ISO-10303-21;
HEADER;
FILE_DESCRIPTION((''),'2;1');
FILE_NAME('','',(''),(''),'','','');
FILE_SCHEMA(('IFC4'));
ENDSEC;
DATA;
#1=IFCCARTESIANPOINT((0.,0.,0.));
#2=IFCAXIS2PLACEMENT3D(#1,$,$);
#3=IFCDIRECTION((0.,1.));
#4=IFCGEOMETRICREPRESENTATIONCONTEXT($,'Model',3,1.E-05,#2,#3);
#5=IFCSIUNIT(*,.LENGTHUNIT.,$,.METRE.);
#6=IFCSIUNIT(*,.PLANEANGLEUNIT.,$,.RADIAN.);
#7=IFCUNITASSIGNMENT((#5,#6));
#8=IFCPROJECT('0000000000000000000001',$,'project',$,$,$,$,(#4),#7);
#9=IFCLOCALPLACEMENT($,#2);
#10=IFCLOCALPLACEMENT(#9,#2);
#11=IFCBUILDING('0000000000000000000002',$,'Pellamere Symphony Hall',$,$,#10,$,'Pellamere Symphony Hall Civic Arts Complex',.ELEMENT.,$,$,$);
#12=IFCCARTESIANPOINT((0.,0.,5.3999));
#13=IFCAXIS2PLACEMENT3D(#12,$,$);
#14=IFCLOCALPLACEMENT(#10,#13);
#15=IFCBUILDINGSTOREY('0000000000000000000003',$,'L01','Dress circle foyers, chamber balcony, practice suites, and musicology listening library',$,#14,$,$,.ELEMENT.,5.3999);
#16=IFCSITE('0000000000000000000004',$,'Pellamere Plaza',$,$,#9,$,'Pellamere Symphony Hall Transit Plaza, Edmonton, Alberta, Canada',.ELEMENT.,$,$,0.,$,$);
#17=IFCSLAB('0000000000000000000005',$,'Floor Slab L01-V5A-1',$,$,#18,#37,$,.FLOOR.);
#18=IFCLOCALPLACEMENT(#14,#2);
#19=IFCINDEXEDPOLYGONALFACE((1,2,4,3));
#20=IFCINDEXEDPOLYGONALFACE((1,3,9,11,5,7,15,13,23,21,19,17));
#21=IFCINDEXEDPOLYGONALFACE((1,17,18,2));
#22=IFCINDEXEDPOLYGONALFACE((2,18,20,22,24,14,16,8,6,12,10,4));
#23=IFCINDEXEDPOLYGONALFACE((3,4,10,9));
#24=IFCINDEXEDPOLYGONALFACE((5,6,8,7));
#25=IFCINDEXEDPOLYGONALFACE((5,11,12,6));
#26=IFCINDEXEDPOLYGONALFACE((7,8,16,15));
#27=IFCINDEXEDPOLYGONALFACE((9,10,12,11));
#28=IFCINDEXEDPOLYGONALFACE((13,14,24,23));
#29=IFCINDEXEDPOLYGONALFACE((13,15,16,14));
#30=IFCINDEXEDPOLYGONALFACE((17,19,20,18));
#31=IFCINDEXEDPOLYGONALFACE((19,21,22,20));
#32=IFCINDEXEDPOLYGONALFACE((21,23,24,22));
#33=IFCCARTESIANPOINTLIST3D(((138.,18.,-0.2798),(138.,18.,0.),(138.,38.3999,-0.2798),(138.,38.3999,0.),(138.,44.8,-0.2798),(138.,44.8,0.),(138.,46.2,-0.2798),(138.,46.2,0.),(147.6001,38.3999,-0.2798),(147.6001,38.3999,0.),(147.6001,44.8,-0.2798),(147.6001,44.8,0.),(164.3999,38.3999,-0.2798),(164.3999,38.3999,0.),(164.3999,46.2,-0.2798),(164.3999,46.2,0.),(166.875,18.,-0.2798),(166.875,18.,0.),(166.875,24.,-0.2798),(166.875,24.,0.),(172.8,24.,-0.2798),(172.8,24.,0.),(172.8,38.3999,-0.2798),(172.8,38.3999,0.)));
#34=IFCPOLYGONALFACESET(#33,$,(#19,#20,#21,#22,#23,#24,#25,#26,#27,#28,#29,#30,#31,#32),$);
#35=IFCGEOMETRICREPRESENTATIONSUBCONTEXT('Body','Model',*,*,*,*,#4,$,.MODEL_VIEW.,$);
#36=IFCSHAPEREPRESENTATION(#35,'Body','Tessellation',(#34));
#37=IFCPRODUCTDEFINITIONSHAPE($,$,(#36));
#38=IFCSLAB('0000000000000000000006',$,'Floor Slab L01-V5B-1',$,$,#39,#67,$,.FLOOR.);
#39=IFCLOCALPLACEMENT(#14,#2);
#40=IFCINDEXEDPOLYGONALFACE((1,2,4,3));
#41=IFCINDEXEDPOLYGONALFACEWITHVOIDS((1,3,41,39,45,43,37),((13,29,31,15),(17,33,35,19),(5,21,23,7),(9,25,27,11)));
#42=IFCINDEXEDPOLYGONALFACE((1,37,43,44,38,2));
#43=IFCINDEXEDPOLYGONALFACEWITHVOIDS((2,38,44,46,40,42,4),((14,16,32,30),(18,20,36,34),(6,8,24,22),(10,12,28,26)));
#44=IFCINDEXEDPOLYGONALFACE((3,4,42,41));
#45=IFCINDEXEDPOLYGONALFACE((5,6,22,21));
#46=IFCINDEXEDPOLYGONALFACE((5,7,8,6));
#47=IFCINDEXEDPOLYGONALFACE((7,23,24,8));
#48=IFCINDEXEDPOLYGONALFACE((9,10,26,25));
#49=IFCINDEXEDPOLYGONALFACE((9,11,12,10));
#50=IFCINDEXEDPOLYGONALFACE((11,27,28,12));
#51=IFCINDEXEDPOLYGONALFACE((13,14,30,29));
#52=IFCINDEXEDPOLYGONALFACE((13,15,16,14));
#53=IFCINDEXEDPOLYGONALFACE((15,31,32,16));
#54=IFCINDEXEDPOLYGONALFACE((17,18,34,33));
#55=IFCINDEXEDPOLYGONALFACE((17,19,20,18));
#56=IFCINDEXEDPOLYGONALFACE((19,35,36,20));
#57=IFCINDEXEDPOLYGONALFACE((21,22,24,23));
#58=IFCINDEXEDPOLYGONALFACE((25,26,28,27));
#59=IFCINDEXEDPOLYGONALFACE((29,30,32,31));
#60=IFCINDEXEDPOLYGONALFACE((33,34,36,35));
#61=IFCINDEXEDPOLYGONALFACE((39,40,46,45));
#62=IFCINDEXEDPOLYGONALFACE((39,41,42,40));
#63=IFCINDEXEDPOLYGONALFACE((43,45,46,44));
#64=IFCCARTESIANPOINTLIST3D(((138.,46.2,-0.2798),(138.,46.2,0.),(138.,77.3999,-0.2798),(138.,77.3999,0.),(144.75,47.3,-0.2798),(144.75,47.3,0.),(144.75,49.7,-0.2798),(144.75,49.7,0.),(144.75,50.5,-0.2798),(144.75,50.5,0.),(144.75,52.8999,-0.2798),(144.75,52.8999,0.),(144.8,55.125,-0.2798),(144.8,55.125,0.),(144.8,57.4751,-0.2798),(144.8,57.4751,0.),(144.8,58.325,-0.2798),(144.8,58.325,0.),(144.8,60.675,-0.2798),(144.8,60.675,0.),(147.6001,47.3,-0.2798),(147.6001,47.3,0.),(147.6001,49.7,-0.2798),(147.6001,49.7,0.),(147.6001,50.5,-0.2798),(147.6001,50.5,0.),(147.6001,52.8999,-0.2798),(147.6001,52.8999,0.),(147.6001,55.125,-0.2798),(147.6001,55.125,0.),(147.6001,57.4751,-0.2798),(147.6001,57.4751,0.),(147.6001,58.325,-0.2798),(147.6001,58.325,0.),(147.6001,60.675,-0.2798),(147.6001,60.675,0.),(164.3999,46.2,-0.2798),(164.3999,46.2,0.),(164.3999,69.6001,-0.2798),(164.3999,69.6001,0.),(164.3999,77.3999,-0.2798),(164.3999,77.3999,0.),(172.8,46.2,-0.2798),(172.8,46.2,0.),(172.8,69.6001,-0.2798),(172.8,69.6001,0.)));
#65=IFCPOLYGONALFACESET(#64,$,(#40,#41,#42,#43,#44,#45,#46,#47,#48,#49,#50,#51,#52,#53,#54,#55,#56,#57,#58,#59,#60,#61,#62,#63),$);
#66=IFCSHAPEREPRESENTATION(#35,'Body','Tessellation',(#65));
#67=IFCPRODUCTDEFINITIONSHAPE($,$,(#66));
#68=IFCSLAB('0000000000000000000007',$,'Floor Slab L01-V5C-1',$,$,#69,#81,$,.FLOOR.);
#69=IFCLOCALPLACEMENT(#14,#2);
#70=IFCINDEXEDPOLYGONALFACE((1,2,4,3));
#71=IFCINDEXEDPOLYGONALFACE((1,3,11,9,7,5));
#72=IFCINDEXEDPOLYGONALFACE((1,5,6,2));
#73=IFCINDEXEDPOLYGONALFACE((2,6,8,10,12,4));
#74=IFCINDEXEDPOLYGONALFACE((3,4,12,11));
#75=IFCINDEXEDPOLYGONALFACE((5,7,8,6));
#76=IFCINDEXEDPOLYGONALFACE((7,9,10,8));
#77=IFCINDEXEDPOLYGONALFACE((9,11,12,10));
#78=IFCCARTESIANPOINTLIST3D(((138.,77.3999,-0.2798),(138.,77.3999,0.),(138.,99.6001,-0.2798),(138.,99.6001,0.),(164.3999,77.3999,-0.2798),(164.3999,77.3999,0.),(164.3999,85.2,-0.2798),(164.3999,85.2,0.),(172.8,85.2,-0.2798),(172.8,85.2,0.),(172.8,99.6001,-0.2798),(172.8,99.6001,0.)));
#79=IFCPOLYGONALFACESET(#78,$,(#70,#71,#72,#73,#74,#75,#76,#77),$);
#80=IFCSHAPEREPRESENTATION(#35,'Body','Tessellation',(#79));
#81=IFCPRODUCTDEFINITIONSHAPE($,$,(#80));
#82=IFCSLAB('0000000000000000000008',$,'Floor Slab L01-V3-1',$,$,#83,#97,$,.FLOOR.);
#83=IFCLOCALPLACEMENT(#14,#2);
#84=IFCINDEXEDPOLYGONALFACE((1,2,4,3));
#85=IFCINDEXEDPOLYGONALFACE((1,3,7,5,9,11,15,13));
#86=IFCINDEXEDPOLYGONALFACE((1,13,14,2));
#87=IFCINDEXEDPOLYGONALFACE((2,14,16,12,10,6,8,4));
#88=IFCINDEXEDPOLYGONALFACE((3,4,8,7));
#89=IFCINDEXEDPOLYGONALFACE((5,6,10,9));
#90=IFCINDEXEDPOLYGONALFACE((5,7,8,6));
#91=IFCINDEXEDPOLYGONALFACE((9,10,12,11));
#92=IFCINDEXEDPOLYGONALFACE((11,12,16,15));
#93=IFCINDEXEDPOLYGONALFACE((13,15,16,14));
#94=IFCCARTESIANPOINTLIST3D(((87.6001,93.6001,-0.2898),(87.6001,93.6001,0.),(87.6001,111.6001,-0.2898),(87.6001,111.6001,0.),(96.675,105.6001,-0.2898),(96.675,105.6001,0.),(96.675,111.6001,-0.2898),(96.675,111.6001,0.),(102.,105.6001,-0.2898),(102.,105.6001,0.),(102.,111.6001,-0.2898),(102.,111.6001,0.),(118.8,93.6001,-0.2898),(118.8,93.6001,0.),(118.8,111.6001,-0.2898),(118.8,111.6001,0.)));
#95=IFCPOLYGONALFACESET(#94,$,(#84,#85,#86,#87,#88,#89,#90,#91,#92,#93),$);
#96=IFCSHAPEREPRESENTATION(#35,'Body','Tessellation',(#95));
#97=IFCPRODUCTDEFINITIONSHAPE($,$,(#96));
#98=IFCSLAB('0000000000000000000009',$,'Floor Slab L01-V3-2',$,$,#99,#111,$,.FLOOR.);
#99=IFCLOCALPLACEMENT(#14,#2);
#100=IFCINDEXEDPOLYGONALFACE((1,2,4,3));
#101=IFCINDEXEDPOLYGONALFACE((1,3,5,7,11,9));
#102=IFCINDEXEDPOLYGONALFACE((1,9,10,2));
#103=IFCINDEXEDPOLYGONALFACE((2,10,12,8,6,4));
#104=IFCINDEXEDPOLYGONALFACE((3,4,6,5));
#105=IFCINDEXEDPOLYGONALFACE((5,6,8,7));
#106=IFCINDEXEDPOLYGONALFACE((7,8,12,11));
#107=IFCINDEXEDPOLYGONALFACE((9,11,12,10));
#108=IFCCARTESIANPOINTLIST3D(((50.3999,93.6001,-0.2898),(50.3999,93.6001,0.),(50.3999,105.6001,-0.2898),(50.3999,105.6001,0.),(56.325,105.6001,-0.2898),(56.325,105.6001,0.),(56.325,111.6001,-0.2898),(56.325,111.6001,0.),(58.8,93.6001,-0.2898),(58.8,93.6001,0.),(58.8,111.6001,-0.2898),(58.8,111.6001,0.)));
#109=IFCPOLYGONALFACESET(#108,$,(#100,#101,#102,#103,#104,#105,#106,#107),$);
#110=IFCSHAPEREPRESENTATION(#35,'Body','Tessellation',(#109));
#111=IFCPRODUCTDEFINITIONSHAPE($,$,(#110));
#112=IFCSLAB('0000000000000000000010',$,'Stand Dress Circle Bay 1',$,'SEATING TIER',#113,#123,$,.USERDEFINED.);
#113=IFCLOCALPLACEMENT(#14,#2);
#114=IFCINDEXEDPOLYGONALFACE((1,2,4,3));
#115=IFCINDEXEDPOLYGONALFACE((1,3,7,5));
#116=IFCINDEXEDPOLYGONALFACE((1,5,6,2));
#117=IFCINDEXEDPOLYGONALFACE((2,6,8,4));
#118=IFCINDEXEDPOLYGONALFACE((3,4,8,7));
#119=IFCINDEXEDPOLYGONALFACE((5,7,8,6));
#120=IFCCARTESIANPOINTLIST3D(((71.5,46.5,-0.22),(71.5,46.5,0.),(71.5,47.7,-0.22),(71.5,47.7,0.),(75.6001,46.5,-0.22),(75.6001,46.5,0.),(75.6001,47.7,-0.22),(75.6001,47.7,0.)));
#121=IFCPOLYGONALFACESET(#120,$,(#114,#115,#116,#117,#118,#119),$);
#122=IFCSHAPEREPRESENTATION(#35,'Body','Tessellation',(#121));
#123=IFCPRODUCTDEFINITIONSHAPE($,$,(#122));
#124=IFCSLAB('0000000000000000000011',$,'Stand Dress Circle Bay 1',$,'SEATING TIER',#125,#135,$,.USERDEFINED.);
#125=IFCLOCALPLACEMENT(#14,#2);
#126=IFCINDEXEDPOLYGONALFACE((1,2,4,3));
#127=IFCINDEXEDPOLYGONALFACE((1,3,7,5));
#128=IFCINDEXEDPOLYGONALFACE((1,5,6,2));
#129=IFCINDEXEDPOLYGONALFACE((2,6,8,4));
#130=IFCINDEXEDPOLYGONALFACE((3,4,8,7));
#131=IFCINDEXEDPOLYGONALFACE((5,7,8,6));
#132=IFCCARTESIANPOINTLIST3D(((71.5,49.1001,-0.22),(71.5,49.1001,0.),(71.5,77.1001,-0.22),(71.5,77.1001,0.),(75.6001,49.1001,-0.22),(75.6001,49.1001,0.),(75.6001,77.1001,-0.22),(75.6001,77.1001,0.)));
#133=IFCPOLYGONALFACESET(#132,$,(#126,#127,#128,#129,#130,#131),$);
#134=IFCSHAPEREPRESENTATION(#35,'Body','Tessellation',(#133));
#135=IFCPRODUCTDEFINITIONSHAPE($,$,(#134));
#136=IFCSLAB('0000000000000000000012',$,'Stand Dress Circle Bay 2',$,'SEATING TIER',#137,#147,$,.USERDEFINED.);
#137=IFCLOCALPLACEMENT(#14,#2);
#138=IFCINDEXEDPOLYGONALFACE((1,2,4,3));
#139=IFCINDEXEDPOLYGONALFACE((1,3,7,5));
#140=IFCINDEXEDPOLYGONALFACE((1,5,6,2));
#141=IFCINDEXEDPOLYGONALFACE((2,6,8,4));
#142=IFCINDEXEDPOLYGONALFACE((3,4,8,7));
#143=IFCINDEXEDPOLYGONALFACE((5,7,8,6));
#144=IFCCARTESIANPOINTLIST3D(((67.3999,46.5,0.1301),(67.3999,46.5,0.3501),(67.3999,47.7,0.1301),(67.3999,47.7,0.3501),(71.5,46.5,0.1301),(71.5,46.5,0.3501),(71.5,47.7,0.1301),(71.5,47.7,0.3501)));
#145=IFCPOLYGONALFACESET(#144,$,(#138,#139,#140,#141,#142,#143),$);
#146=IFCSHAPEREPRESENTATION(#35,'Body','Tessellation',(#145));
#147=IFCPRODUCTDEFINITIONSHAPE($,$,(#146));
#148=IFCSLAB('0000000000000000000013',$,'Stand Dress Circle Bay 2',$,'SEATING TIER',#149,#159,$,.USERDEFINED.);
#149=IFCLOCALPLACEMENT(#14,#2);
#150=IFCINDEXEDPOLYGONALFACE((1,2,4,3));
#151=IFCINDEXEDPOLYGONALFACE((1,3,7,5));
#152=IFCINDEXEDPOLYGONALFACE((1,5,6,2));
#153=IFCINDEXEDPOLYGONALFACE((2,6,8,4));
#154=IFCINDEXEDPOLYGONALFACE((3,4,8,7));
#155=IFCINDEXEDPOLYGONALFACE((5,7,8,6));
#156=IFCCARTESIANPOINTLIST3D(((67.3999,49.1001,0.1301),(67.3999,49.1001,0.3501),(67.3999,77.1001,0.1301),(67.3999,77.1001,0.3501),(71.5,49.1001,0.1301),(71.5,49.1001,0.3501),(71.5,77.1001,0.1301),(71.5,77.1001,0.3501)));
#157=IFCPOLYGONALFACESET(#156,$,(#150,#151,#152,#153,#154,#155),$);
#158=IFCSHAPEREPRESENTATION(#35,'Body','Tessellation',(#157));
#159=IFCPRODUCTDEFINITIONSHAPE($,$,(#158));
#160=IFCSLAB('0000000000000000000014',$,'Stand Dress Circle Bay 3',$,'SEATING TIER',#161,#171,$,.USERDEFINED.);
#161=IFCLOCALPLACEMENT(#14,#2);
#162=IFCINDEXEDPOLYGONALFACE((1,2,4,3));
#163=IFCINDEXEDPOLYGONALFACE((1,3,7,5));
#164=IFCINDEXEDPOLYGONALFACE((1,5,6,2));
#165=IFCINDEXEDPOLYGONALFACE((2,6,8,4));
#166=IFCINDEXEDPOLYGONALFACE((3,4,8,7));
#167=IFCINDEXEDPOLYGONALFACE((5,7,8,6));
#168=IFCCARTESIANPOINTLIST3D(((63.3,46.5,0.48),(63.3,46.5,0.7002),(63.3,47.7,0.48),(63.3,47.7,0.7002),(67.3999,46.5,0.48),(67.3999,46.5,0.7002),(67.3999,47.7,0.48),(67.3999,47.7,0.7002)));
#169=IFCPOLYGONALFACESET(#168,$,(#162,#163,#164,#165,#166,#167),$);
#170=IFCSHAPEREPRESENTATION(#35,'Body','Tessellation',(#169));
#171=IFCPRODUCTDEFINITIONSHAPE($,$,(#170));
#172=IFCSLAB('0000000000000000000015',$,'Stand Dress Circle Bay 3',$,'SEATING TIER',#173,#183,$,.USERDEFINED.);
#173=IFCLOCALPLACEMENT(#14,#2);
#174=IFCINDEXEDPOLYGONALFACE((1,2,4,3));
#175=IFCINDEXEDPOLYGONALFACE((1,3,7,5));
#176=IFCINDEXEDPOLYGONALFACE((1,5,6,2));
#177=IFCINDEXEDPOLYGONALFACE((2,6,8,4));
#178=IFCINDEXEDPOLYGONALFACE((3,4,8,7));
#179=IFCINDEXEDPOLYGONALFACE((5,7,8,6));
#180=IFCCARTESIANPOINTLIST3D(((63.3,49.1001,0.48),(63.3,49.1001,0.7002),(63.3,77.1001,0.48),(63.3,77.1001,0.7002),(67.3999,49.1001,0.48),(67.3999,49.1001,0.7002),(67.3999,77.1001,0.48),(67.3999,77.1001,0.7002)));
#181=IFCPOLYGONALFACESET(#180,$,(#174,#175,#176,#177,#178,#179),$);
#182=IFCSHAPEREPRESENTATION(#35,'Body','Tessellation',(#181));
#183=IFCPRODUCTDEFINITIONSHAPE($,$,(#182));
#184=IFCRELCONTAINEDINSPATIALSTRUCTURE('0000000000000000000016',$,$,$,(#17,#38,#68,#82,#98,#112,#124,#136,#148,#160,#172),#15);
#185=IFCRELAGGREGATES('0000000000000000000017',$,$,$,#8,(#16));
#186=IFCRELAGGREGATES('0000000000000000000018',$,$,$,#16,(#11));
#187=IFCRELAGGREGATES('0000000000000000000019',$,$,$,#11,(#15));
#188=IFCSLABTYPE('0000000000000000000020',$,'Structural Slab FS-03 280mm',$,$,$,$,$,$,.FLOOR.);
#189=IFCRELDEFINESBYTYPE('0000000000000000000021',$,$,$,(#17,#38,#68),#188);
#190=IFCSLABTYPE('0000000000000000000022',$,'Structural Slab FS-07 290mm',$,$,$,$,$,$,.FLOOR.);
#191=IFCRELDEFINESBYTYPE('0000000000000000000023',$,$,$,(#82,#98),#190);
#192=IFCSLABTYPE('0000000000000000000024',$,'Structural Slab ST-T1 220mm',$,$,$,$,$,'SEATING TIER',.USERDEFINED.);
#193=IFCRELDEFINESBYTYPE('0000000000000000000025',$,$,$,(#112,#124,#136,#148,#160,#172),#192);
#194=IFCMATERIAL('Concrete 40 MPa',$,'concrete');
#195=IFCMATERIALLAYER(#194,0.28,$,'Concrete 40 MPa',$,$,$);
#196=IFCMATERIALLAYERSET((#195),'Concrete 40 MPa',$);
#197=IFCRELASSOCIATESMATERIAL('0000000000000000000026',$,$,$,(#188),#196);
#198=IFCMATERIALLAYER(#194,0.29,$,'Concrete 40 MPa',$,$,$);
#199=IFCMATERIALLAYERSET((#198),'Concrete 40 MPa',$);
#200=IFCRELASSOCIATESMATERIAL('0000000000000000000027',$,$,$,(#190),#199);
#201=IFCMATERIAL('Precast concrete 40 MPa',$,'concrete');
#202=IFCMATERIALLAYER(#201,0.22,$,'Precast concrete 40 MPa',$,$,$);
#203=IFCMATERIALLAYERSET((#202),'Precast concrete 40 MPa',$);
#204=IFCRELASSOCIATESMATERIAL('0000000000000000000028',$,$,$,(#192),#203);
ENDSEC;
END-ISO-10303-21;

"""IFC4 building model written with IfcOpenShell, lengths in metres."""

from ifc_helpers import new_model, si_unit, direction, frame, origin, place, context, subcontext, project, spatial, polyline, outline, extrude, material, layer, layer_set, type_object, element, save


model = new_model("IFC4")

# Units and contexts
model_context = context("Model", 3, precision=1e-05, world=origin(), true_north=direction((0.0, 1.0)))
body_context = subcontext(model_context, "Body", "Model", "MODEL_VIEW")
ifc_project = project(units=[si_unit("LENGTHUNIT", "METRE"), si_unit("PLANEANGLEUNIT", "RADIAN")], contexts=[model_context])

# Site, building, storey
site_placement = place(None, origin())
site = spatial("IfcSite", under=ifc_project, at=site_placement, Name="Pellamere Plaza", LongName="Pellamere Symphony Hall Transit Plaza, Edmonton, Alberta, Canada", CompositionType="ELEMENT", RefElevation=0.0)
building_placement = place(site_placement, origin())
building = spatial("IfcBuilding", under=site, at=building_placement, Name="Pellamere Symphony Hall", LongName="Pellamere Symphony Hall Civic Arts Complex", CompositionType="ELEMENT")
storey_placement = place(building_placement, frame((0.0, 0.0, 5.3999)))
storey = spatial("IfcBuildingStorey", under=building, at=storey_placement, Name="L01", Description="Dress circle foyers, chamber balcony, practice suites, and musicology listening library", CompositionType="ELEMENT", Elevation=5.3999)

# Shared definitions
ifc_material_1 = material(Name="Concrete 40 MPa", Category="concrete")

# Slabs
ifc_layer_1 = layer(ifc_material_1, 0.28, Name="Concrete 40 MPa")
ifc_layer_set_1 = layer_set([ifc_layer_1], Name="Concrete 40 MPa")
slab_type_1 = type_object("IfcSlabType", Name="Structural Slab FS-03 280mm", PredefinedType="FLOOR", material=ifc_layer_set_1)
slab_1_placement = place(storey_placement, frame((0.0, 0.0, -0.2798)))
element("IfcSlab", 1, at=slab_1_placement, inside=storey, type_object=slab_type_1, Name="Floor Slab L01-V5A-1", PredefinedType="FLOOR", context=body_context, shape_type="SweptSolid", body=[
    extrude(outline(polyline([(172.8, 24.0), (166.875, 24.0), (166.875, 18.0), (138.0, 18.0), (138.0, 38.3999), (147.6001, 38.3999), (147.6001, 44.8), (138.0, 44.8), (138.0, 46.2), (164.3999, 46.2), (164.3999, 38.3999), (172.8, 38.3999), (172.8, 24.0)])), origin(), (0.0, 0.0, 1.0), 0.2798),
])
slab_2_placement = place(storey_placement, frame((0.0, 0.0, -0.2798)))
element("IfcSlab", 2, at=slab_2_placement, inside=storey, type_object=slab_type_1, Name="Floor Slab L01-V5B-1", PredefinedType="FLOOR", context=body_context, shape_type="SweptSolid", body=[
    extrude(outline(polyline([(172.8, 46.2), (164.3999, 46.2), (138.0, 46.2), (138.0, 77.3999), (164.3999, 77.3999), (164.3999, 69.6001), (172.8, 69.6001), (172.8, 46.2)]), holes=[polyline([(147.6001, 47.3), (147.6001, 49.7), (144.75, 49.7), (144.75, 47.3), (147.6001, 47.3)]), polyline([(147.6001, 50.5), (147.6001, 52.8999), (144.75, 52.8999), (144.75, 50.5), (147.6001, 50.5)]), polyline([(147.6001, 57.4751), (144.8, 57.4751), (144.8, 55.125), (147.6001, 55.125), (147.6001, 57.4751)]), polyline([(147.6001, 58.325), (147.6001, 60.675), (144.8, 60.675), (144.8, 58.325), (147.6001, 58.325)])]), origin(), (0.0, 0.0, 1.0), 0.2798),
])
slab_3_placement = place(storey_placement, frame((0.0, 0.0, -0.2798)))
element("IfcSlab", 3, at=slab_3_placement, inside=storey, type_object=slab_type_1, Name="Floor Slab L01-V5C-1", PredefinedType="FLOOR", context=body_context, shape_type="SweptSolid", body=[
    extrude(outline(polyline([(138.0, 77.3999), (138.0, 99.6001), (172.8, 99.6001), (172.8, 85.2), (164.3999, 85.2), (164.3999, 77.3999), (138.0, 77.3999)])), origin(), (0.0, 0.0, 1.0), 0.2798),
])
ifc_layer_2 = layer(ifc_material_1, 0.29, Name="Concrete 40 MPa")
ifc_layer_set_2 = layer_set([ifc_layer_2], Name="Concrete 40 MPa")
slab_type_2 = type_object("IfcSlabType", Name="Structural Slab FS-07 290mm", PredefinedType="FLOOR", material=ifc_layer_set_2)
slab_4_placement = place(storey_placement, frame((0.0, 0.0, -0.2898)))
element("IfcSlab", 4, at=slab_4_placement, inside=storey, type_object=slab_type_2, Name="Floor Slab L01-V3-1", PredefinedType="FLOOR", context=body_context, shape_type="SweptSolid", body=[
    extrude(outline(polyline([(118.8, 93.6001), (87.6001, 93.6001), (87.6001, 111.6001), (96.675, 111.6001), (96.675, 105.6001), (102.0, 105.6001), (102.0, 111.6001), (118.8, 111.6001), (118.8, 93.6001)])), origin(), (0.0, 0.0, 1.0), 0.2898),
])
slab_5_placement = place(storey_placement, frame((0.0, 0.0, -0.2898)))
element("IfcSlab", 5, at=slab_5_placement, inside=storey, type_object=slab_type_2, Name="Floor Slab L01-V3-2", PredefinedType="FLOOR", context=body_context, shape_type="SweptSolid", body=[
    extrude(outline(polyline([(50.3999, 105.6001), (56.325, 105.6001), (56.325, 111.6001), (58.8, 111.6001), (58.8, 93.6001), (50.3999, 93.6001), (50.3999, 105.6001)])), origin(), (0.0, 0.0, 1.0), 0.2898),
])
ifc_material_2 = material(Name="Precast concrete 40 MPa", Category="concrete")
ifc_layer_3 = layer(ifc_material_2, 0.22, Name="Precast concrete 40 MPa")
ifc_layer_set_3 = layer_set([ifc_layer_3], Name="Precast concrete 40 MPa")
slab_type_3 = type_object("IfcSlabType", Name="Structural Slab ST-T1 220mm", ElementType="SEATING TIER", PredefinedType="USERDEFINED", material=ifc_layer_set_3)
slab_6_placement = place(storey_placement, frame((0.0, 0.0, -0.22)))
element("IfcSlab", 6, at=slab_6_placement, inside=storey, type_object=slab_type_3, Name="Stand Dress Circle Bay 1", ObjectType="SEATING TIER", PredefinedType="USERDEFINED", context=body_context, shape_type="SweptSolid", body=[
    extrude(outline(polyline([(75.6001, 46.5), (71.5, 46.5), (71.5, 47.7), (75.6001, 47.7), (75.6001, 46.5)])), origin(), (0.0, 0.0, 1.0), 0.22),
])
slab_7_placement = place(storey_placement, frame((0.0, 0.0, -0.22)))
element("IfcSlab", 7, at=slab_7_placement, inside=storey, type_object=slab_type_3, Name="Stand Dress Circle Bay 1", ObjectType="SEATING TIER", PredefinedType="USERDEFINED", context=body_context, shape_type="SweptSolid", body=[
    extrude(outline(polyline([(71.5, 77.1001), (75.6001, 77.1001), (75.6001, 49.1001), (71.5, 49.1001), (71.5, 77.1001)])), origin(), (0.0, 0.0, 1.0), 0.22),
])
slab_8_placement = place(storey_placement, frame((0.0, 0.0, 0.1301)))
element("IfcSlab", 8, at=slab_8_placement, inside=storey, type_object=slab_type_3, Name="Stand Dress Circle Bay 2", ObjectType="SEATING TIER", PredefinedType="USERDEFINED", context=body_context, shape_type="SweptSolid", body=[
    extrude(outline(polyline([(71.5, 46.5), (67.3999, 46.5), (67.3999, 47.7), (71.5, 47.7), (71.5, 46.5)])), origin(), (0.0, 0.0, 1.0), 0.22),
])
slab_9_placement = place(storey_placement, frame((0.0, 0.0, 0.1301)))
element("IfcSlab", 9, at=slab_9_placement, inside=storey, type_object=slab_type_3, Name="Stand Dress Circle Bay 2", ObjectType="SEATING TIER", PredefinedType="USERDEFINED", context=body_context, shape_type="SweptSolid", body=[
    extrude(outline(polyline([(67.3999, 77.1001), (71.5, 77.1001), (71.5, 49.1001), (67.3999, 49.1001), (67.3999, 77.1001)])), origin(), (0.0, 0.0, 1.0), 0.22),
])
slab_10_placement = place(storey_placement, frame((0.0, 0.0, 0.48)))
element("IfcSlab", 10, at=slab_10_placement, inside=storey, type_object=slab_type_3, Name="Stand Dress Circle Bay 3", ObjectType="SEATING TIER", PredefinedType="USERDEFINED", context=body_context, shape_type="SweptSolid", body=[
    extrude(outline(polyline([(67.3999, 46.5), (63.3, 46.5), (63.3, 47.7), (67.3999, 47.7), (67.3999, 46.5)])), origin(), (0.0, 0.0, 1.0), 0.2202),
])
slab_11_placement = place(storey_placement, frame((0.0, 0.0, 0.48)))
element("IfcSlab", 11, at=slab_11_placement, inside=storey, type_object=slab_type_3, Name="Stand Dress Circle Bay 3", ObjectType="SEATING TIER", PredefinedType="USERDEFINED", context=body_context, shape_type="SweptSolid", body=[
    extrude(outline(polyline([(63.3, 77.1001), (67.3999, 77.1001), (67.3999, 49.1001), (63.3, 49.1001), (63.3, 77.1001)])), origin(), (0.0, 0.0, 1.0), 0.2202),
])

save(model, "model.ifc")
